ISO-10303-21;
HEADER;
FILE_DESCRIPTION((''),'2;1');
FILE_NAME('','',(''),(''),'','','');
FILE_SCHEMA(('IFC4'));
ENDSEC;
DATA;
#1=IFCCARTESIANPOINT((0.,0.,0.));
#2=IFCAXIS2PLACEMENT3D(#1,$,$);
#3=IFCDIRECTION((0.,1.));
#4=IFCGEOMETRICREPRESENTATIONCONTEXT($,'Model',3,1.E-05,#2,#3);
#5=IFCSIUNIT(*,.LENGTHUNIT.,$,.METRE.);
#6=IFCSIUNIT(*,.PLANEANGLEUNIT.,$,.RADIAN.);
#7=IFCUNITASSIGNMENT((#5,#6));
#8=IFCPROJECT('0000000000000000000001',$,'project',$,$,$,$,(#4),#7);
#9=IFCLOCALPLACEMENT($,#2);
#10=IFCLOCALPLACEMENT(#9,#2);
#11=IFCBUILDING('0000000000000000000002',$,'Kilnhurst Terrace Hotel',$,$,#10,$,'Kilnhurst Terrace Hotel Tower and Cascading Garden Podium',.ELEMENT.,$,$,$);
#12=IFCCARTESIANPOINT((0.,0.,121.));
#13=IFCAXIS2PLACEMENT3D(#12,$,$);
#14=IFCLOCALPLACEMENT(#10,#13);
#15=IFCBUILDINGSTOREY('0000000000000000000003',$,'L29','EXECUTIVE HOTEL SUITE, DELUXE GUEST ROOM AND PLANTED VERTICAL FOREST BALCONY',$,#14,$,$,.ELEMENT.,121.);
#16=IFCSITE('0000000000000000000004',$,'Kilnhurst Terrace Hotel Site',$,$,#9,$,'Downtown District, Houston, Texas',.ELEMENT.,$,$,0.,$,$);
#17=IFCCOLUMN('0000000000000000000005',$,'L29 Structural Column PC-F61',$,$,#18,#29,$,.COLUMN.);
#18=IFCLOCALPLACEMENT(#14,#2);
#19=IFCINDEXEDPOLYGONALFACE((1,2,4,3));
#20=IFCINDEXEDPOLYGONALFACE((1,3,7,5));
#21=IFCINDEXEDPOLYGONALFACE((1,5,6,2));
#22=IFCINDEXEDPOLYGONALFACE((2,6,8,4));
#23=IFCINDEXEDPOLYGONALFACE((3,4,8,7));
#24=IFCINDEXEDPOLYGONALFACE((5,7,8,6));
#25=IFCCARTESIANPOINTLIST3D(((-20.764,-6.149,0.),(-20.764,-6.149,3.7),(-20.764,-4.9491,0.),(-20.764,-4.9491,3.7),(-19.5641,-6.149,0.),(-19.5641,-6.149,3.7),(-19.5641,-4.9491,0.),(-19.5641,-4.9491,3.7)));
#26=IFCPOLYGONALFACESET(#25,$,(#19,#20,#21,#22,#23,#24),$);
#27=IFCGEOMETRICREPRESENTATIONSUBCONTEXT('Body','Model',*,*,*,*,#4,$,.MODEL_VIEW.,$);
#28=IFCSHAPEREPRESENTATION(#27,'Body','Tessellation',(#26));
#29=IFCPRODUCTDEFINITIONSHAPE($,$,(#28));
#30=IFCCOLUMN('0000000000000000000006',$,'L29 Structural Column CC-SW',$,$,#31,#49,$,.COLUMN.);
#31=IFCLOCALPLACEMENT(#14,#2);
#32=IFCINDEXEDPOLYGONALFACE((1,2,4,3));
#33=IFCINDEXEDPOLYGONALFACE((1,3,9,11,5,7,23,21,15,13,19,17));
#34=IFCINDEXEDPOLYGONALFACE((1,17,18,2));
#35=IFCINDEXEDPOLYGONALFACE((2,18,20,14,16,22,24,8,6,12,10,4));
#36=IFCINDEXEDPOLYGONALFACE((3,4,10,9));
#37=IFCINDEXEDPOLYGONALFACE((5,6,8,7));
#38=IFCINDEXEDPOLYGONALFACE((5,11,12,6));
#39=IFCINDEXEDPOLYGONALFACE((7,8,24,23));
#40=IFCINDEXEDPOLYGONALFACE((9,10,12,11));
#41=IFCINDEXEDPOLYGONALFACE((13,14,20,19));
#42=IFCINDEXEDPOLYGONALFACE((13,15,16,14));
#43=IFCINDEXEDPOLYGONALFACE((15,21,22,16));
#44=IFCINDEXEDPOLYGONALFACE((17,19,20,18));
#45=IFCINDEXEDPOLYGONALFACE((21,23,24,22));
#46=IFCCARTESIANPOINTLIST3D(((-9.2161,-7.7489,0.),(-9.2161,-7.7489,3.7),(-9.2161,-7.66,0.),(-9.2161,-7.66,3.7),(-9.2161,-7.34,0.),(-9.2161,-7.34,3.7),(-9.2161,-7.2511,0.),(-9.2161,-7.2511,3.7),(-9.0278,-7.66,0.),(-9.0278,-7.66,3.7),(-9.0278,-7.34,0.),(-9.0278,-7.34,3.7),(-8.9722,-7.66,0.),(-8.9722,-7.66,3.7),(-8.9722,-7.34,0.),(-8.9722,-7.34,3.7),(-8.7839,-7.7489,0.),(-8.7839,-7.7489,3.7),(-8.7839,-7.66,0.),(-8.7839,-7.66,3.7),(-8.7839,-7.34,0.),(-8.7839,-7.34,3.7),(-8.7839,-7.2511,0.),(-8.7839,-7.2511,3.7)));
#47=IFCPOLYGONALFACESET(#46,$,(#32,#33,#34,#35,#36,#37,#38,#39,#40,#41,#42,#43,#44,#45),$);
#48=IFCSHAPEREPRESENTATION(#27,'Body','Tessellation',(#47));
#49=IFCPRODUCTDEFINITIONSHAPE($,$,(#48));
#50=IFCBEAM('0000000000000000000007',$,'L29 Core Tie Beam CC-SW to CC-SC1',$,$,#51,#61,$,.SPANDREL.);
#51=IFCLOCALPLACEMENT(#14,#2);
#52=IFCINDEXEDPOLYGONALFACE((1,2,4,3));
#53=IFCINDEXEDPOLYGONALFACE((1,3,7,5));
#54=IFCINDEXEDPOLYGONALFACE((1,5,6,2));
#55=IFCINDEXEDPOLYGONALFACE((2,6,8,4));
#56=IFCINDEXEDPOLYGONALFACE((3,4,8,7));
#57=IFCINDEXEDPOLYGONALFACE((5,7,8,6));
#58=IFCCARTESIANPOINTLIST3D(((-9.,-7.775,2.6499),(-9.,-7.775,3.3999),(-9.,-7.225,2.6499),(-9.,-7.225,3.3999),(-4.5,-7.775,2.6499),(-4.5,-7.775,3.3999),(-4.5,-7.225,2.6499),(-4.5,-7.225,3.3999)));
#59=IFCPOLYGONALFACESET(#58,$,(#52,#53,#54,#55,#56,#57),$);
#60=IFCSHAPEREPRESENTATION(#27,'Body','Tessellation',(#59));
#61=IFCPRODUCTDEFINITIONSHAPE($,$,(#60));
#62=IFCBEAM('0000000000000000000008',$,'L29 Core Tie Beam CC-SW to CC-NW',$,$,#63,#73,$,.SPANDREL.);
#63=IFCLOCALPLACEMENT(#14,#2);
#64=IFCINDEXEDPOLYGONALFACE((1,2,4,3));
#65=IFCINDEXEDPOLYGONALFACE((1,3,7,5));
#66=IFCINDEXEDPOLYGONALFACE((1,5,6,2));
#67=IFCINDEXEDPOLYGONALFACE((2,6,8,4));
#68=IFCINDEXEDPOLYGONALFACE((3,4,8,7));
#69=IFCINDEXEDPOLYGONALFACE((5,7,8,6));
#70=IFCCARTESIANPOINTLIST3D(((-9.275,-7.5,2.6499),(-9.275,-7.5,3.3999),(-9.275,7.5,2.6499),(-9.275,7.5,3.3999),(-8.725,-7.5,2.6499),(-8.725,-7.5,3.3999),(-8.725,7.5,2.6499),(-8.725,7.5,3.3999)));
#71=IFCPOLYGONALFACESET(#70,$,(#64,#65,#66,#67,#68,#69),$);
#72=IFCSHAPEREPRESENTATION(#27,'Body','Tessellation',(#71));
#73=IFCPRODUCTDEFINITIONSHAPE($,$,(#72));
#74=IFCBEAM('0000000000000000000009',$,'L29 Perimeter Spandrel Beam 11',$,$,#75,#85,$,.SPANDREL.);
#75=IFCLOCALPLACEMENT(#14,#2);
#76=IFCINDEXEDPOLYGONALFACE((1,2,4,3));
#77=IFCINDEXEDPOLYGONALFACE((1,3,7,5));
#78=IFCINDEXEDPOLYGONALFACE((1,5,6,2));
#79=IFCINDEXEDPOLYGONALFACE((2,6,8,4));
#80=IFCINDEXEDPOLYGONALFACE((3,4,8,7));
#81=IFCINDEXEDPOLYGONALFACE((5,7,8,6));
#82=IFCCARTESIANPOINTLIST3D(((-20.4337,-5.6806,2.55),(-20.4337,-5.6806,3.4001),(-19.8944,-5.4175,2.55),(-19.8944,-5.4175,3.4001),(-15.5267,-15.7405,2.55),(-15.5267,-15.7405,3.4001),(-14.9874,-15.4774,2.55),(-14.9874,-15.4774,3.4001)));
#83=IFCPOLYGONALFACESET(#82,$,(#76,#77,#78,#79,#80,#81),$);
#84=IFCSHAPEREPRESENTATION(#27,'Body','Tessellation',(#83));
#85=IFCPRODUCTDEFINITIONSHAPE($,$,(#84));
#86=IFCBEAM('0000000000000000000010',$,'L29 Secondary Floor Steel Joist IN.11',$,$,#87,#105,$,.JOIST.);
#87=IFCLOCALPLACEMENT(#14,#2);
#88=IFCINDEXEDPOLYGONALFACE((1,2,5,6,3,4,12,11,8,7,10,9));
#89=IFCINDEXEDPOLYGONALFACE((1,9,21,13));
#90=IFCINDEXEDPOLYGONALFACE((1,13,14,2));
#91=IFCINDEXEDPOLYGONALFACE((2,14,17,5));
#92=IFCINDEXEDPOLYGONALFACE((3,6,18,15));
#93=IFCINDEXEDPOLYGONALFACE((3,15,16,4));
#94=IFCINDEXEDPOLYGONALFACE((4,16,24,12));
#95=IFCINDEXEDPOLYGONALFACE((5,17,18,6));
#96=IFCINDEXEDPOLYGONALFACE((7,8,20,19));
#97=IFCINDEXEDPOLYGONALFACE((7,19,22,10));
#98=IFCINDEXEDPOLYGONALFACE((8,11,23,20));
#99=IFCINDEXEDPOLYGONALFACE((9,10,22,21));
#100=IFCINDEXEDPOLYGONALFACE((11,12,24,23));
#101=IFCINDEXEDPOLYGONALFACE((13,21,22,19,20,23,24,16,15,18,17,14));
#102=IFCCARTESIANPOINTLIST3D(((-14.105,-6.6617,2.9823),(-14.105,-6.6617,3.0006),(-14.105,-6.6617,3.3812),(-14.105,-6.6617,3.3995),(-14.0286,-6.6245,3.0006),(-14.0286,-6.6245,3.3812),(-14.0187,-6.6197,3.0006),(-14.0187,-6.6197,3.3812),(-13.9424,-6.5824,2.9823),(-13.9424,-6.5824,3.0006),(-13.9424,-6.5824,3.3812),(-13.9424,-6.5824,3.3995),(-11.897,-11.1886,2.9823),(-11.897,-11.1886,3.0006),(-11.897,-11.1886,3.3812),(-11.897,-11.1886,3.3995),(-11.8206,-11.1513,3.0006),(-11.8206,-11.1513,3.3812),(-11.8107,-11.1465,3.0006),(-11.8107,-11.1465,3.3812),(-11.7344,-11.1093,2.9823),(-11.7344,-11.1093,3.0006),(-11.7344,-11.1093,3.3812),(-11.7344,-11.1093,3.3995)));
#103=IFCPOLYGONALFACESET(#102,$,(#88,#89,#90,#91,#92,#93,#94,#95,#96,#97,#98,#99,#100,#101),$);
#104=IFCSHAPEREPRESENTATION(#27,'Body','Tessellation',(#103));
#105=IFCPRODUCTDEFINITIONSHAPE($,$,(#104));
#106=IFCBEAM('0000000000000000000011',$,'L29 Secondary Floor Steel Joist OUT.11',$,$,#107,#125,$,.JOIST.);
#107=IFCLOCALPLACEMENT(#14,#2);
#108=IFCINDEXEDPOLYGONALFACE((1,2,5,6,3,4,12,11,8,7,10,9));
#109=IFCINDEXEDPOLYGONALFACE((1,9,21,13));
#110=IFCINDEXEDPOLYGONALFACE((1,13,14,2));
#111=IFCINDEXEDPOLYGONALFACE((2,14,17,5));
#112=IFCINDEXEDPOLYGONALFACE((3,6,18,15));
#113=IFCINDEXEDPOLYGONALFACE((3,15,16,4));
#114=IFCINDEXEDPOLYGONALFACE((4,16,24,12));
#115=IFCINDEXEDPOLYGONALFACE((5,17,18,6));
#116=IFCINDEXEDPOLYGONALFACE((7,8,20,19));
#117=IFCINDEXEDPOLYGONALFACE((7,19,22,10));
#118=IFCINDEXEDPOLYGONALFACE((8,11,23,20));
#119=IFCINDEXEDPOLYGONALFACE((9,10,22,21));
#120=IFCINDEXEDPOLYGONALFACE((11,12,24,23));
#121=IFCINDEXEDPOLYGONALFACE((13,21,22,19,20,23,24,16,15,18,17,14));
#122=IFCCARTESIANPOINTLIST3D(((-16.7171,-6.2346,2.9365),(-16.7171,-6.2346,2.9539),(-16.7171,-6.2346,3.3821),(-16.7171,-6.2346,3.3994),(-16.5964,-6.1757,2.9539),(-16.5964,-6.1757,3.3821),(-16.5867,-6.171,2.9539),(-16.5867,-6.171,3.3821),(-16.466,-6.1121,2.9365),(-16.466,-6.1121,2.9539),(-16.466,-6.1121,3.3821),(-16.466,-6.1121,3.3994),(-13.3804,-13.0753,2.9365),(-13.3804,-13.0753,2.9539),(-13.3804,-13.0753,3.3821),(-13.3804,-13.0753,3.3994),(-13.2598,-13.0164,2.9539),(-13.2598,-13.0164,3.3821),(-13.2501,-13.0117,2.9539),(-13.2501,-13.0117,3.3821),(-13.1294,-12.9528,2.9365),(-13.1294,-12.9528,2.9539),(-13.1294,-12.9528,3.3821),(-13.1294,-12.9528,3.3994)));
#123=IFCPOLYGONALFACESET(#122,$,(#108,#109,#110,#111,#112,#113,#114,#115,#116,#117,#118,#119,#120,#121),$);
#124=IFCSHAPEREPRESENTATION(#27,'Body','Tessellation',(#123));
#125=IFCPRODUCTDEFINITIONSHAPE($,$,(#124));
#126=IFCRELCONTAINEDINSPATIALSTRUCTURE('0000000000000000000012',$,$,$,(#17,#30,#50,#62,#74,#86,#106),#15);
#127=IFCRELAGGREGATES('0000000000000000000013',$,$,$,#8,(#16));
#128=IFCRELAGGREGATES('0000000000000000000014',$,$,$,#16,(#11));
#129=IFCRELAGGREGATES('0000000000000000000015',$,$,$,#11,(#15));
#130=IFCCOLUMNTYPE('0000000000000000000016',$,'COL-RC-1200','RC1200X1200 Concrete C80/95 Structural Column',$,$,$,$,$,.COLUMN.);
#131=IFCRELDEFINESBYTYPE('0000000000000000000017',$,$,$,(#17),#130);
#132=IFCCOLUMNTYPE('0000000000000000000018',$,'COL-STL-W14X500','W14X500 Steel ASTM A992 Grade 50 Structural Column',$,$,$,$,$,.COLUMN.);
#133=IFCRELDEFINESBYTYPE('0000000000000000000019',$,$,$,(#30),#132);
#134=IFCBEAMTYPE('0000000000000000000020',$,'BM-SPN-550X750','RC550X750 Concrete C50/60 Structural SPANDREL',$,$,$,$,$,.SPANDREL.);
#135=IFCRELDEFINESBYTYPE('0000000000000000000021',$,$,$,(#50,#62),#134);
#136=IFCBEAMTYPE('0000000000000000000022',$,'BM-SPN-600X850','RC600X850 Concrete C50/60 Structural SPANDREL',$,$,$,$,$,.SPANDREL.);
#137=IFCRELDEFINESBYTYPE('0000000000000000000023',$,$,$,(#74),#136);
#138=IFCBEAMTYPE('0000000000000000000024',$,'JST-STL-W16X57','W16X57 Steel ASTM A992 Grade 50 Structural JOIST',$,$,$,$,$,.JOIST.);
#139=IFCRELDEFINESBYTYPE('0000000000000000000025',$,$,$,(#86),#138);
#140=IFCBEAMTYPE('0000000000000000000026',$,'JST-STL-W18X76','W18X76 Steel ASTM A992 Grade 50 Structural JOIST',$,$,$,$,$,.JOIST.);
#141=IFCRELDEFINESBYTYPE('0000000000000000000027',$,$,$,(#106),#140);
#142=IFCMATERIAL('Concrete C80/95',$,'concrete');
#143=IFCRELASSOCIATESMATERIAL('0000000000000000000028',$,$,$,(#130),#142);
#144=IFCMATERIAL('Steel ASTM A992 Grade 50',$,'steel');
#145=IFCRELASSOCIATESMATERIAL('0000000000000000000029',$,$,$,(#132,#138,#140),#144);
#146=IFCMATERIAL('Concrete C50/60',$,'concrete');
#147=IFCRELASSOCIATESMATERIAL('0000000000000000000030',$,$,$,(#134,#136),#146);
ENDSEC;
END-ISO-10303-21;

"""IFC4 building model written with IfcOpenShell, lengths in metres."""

from ifc_helpers import new_model, si_unit, direction, frame, origin, origin_2d, place, context, subcontext, project, spatial, rectangle, i_section, extrude, material, material_profile, profile_set, type_object, element, save


model = new_model("IFC4")

# Units and contexts
model_context = context("Model", 3, precision=1e-05, world=origin(), true_north=direction((0.0, 1.0)))
body_context = subcontext(model_context, "Body", "Model", "MODEL_VIEW")
ifc_project = project(units=[si_unit("LENGTHUNIT", "METRE"), si_unit("PLANEANGLEUNIT", "RADIAN")], contexts=[model_context])

# Site, building, storey
site_placement = place(None, origin())
site = spatial("IfcSite", under=ifc_project, at=site_placement, Name="Kilnhurst Terrace Hotel Site", LongName="Downtown District, Houston, Texas", CompositionType="ELEMENT", RefElevation=0.0)
building_placement = place(site_placement, origin())
building = spatial("IfcBuilding", under=site, at=building_placement, Name="Kilnhurst Terrace Hotel", LongName="Kilnhurst Terrace Hotel Tower and Cascading Garden Podium", CompositionType="ELEMENT")
storey_placement = place(building_placement, frame((0.0, 0.0, 121.0)))
storey = spatial("IfcBuildingStorey", under=building, at=storey_placement, Name="L29", Description="EXECUTIVE HOTEL SUITE, DELUXE GUEST ROOM AND PLANTED VERTICAL FOREST BALCONY", CompositionType="ELEMENT", Elevation=121.0)

# Columns
ifc_material_1 = material(Name="Concrete C80/95", Category="concrete")
ifc_material_profile_1 = material_profile(ifc_material_1, rectangle(XDim=1.2, YDim=1.2, at=origin_2d()), Name="RC1200X1200")
ifc_profile_set_1 = profile_set([ifc_material_profile_1], Name="Concrete C80/95")
column_type_1 = type_object("IfcColumnType", Name="COL-RC-1200", Description="RC1200X1200 Concrete C80/95 Structural Column", PredefinedType="COLUMN", material=ifc_profile_set_1)
column_1_placement = place(storey_placement, frame((-20.1641, -5.5491, 0.0), z_axis=(0.0, 0.0, 1.0), x_axis=(1.0, 0.0, 0.0)))
element("IfcColumn", 1, at=column_1_placement, inside=storey, type_object=column_type_1, Name="L29 Structural Column PC-F61", PredefinedType="COLUMN", context=body_context, shape_type="SweptSolid", body=[
    extrude(rectangle(XDim=1.2, YDim=1.2, at=origin_2d()), origin(), (0.0, 0.0, 1.0), 3.7),
])
ifc_material_2 = material(Name="Steel ASTM A992 Grade 50", Category="steel")
ifc_material_profile_2 = material_profile(ifc_material_2, i_section(OverallWidth=0.4321, OverallDepth=0.4978, WebThickness=0.0557, FlangeThickness=0.0889, at=origin_2d()), Name="W14X500")
ifc_profile_set_2 = profile_set([ifc_material_profile_2], Name="Steel ASTM A992 Grade 50")
column_type_2 = type_object("IfcColumnType", Name="COL-STL-W14X500", Description="W14X500 Steel ASTM A992 Grade 50 Structural Column", PredefinedType="COLUMN", material=ifc_profile_set_2)
column_2_placement = place(storey_placement, frame((-9.0, -7.5, 0.0), z_axis=(0.0, 0.0, 1.0), x_axis=(1.0, 0.0, 0.0)))
element("IfcColumn", 2, at=column_2_placement, inside=storey, type_object=column_type_2, Name="L29 Structural Column CC-SW", PredefinedType="COLUMN", context=body_context, shape_type="SweptSolid", body=[
    extrude(i_section(OverallWidth=0.4321, OverallDepth=0.4978, WebThickness=0.0557, FlangeThickness=0.0889, at=origin_2d()), origin(), (0.0, 0.0, 1.0), 3.7),
])

# Beams
ifc_material_3 = material(Name="Concrete C50/60", Category="concrete")
ifc_material_profile_3 = material_profile(ifc_material_3, rectangle(XDim=0.55, YDim=0.75, at=origin_2d()), Name="RC550X750")
ifc_profile_set_3 = profile_set([ifc_material_profile_3], Name="Concrete C50/60")
beam_type_1 = type_object("IfcBeamType", Name="BM-SPN-550X750", Description="RC550X750 Concrete C50/60 Structural SPANDREL", PredefinedType="SPANDREL", material=ifc_profile_set_3)
beam_1_placement = place(storey_placement, frame((-9.0, -7.5, 3.0249), z_axis=(1.0, 0.0, 0.0), x_axis=(0.0, 1.0, 0.0)))
element("IfcBeam", 3, at=beam_1_placement, inside=storey, type_object=beam_type_1, Name="L29 Core Tie Beam CC-SW to CC-SC1", PredefinedType="SPANDREL", context=body_context, shape_type="SweptSolid", body=[
    extrude(rectangle(XDim=0.55, YDim=0.75, at=origin_2d()), origin(), (0.0, 0.0, 1.0), 4.5),
])
beam_2_placement = place(storey_placement, frame((-9.0, -7.5, 3.0249), z_axis=(0.0, 1.0, 0.0), x_axis=(-1.0, 0.0, 0.0)))
element("IfcBeam", 4, at=beam_2_placement, inside=storey, type_object=beam_type_1, Name="L29 Core Tie Beam CC-SW to CC-NW", PredefinedType="SPANDREL", context=body_context, shape_type="SweptSolid", body=[
    extrude(rectangle(XDim=0.55, YDim=0.75, at=origin_2d()), origin(), (0.0, 0.0, 1.0), 15.0),
])
ifc_material_profile_4 = material_profile(ifc_material_3, rectangle(XDim=0.6001, YDim=0.8501, at=origin_2d()), Name="RC600X850")
ifc_profile_set_4 = profile_set([ifc_material_profile_4], Name="Concrete C50/60")
beam_type_2 = type_object("IfcBeamType", Name="BM-SPN-600X850", Description="RC600X850 Concrete C50/60 Structural SPANDREL", PredefinedType="SPANDREL", material=ifc_profile_set_4)
beam_3_placement = place(storey_placement, frame((-20.1641, -5.5491, 2.9751), z_axis=(0.438406, -0.898777, 0.0), x_axis=(0.898777, 0.438406, 0.0)))
element("IfcBeam", 5, at=beam_3_placement, inside=storey, type_object=beam_type_2, Name="L29 Perimeter Spandrel Beam 11", PredefinedType="SPANDREL", context=body_context, shape_type="SweptSolid", body=[
    extrude(rectangle(XDim=0.6001, YDim=0.8501, at=origin_2d()), origin(), (0.0, 0.0, 1.0), 11.1929),
])
ifc_material_profile_5 = material_profile(ifc_material_2, i_section(OverallWidth=0.1809, OverallDepth=0.4172, WebThickness=0.011, FlangeThickness=0.0183, at=origin_2d()), Name="W16X57")
ifc_profile_set_5 = profile_set([ifc_material_profile_5], Name="Steel ASTM A992 Grade 50")
beam_type_3 = type_object("IfcBeamType", Name="JST-STL-W16X57", Description="W16X57 Steel ASTM A992 Grade 50 Structural JOIST", PredefinedType="JOIST", material=ifc_profile_set_5)
beam_4_placement = place(storey_placement, frame((-14.0237, -6.6221, 3.1909), z_axis=(0.438389, -0.898785, 0.0), x_axis=(0.898785, 0.438389, 0.0)))
element("IfcBeam", 6, at=beam_4_placement, inside=storey, type_object=beam_type_3, Name="L29 Secondary Floor Steel Joist IN.11", PredefinedType="JOIST", context=body_context, shape_type="SweptSolid", body=[
    extrude(i_section(OverallWidth=0.1809, OverallDepth=0.4172, WebThickness=0.011, FlangeThickness=0.0183, at=origin_2d()), origin(), (0.0, 0.0, 1.0), 5.0366),
])
ifc_material_profile_6 = material_profile(ifc_material_2, i_section(OverallWidth=0.2793, OverallDepth=0.4629, WebThickness=0.0107, FlangeThickness=0.0173, at=origin_2d()), Name="W18X76")
ifc_profile_set_6 = profile_set([ifc_material_profile_6], Name="Steel ASTM A992 Grade 50")
beam_type_4 = type_object("IfcBeamType", Name="JST-STL-W18X76", Description="W18X76 Steel ASTM A992 Grade 50 Structural JOIST", PredefinedType="JOIST", material=ifc_profile_set_6)
beam_5_placement = place(storey_placement, frame((-16.5916, -6.1733, 3.168), z_axis=(0.43839, -0.898785, 0.0), x_axis=(0.898785, 0.43839, 0.0)))
element("IfcBeam", 7, at=beam_5_placement, inside=storey, type_object=beam_type_4, Name="L29 Secondary Floor Steel Joist OUT.11", PredefinedType="JOIST", context=body_context, shape_type="SweptSolid", body=[
    extrude(i_section(OverallWidth=0.2793, OverallDepth=0.4629, WebThickness=0.0107, FlangeThickness=0.0173, at=origin_2d()), origin(), (0.0, 0.0, 1.0), 7.6111),
])

save(model, "model.ifc")
